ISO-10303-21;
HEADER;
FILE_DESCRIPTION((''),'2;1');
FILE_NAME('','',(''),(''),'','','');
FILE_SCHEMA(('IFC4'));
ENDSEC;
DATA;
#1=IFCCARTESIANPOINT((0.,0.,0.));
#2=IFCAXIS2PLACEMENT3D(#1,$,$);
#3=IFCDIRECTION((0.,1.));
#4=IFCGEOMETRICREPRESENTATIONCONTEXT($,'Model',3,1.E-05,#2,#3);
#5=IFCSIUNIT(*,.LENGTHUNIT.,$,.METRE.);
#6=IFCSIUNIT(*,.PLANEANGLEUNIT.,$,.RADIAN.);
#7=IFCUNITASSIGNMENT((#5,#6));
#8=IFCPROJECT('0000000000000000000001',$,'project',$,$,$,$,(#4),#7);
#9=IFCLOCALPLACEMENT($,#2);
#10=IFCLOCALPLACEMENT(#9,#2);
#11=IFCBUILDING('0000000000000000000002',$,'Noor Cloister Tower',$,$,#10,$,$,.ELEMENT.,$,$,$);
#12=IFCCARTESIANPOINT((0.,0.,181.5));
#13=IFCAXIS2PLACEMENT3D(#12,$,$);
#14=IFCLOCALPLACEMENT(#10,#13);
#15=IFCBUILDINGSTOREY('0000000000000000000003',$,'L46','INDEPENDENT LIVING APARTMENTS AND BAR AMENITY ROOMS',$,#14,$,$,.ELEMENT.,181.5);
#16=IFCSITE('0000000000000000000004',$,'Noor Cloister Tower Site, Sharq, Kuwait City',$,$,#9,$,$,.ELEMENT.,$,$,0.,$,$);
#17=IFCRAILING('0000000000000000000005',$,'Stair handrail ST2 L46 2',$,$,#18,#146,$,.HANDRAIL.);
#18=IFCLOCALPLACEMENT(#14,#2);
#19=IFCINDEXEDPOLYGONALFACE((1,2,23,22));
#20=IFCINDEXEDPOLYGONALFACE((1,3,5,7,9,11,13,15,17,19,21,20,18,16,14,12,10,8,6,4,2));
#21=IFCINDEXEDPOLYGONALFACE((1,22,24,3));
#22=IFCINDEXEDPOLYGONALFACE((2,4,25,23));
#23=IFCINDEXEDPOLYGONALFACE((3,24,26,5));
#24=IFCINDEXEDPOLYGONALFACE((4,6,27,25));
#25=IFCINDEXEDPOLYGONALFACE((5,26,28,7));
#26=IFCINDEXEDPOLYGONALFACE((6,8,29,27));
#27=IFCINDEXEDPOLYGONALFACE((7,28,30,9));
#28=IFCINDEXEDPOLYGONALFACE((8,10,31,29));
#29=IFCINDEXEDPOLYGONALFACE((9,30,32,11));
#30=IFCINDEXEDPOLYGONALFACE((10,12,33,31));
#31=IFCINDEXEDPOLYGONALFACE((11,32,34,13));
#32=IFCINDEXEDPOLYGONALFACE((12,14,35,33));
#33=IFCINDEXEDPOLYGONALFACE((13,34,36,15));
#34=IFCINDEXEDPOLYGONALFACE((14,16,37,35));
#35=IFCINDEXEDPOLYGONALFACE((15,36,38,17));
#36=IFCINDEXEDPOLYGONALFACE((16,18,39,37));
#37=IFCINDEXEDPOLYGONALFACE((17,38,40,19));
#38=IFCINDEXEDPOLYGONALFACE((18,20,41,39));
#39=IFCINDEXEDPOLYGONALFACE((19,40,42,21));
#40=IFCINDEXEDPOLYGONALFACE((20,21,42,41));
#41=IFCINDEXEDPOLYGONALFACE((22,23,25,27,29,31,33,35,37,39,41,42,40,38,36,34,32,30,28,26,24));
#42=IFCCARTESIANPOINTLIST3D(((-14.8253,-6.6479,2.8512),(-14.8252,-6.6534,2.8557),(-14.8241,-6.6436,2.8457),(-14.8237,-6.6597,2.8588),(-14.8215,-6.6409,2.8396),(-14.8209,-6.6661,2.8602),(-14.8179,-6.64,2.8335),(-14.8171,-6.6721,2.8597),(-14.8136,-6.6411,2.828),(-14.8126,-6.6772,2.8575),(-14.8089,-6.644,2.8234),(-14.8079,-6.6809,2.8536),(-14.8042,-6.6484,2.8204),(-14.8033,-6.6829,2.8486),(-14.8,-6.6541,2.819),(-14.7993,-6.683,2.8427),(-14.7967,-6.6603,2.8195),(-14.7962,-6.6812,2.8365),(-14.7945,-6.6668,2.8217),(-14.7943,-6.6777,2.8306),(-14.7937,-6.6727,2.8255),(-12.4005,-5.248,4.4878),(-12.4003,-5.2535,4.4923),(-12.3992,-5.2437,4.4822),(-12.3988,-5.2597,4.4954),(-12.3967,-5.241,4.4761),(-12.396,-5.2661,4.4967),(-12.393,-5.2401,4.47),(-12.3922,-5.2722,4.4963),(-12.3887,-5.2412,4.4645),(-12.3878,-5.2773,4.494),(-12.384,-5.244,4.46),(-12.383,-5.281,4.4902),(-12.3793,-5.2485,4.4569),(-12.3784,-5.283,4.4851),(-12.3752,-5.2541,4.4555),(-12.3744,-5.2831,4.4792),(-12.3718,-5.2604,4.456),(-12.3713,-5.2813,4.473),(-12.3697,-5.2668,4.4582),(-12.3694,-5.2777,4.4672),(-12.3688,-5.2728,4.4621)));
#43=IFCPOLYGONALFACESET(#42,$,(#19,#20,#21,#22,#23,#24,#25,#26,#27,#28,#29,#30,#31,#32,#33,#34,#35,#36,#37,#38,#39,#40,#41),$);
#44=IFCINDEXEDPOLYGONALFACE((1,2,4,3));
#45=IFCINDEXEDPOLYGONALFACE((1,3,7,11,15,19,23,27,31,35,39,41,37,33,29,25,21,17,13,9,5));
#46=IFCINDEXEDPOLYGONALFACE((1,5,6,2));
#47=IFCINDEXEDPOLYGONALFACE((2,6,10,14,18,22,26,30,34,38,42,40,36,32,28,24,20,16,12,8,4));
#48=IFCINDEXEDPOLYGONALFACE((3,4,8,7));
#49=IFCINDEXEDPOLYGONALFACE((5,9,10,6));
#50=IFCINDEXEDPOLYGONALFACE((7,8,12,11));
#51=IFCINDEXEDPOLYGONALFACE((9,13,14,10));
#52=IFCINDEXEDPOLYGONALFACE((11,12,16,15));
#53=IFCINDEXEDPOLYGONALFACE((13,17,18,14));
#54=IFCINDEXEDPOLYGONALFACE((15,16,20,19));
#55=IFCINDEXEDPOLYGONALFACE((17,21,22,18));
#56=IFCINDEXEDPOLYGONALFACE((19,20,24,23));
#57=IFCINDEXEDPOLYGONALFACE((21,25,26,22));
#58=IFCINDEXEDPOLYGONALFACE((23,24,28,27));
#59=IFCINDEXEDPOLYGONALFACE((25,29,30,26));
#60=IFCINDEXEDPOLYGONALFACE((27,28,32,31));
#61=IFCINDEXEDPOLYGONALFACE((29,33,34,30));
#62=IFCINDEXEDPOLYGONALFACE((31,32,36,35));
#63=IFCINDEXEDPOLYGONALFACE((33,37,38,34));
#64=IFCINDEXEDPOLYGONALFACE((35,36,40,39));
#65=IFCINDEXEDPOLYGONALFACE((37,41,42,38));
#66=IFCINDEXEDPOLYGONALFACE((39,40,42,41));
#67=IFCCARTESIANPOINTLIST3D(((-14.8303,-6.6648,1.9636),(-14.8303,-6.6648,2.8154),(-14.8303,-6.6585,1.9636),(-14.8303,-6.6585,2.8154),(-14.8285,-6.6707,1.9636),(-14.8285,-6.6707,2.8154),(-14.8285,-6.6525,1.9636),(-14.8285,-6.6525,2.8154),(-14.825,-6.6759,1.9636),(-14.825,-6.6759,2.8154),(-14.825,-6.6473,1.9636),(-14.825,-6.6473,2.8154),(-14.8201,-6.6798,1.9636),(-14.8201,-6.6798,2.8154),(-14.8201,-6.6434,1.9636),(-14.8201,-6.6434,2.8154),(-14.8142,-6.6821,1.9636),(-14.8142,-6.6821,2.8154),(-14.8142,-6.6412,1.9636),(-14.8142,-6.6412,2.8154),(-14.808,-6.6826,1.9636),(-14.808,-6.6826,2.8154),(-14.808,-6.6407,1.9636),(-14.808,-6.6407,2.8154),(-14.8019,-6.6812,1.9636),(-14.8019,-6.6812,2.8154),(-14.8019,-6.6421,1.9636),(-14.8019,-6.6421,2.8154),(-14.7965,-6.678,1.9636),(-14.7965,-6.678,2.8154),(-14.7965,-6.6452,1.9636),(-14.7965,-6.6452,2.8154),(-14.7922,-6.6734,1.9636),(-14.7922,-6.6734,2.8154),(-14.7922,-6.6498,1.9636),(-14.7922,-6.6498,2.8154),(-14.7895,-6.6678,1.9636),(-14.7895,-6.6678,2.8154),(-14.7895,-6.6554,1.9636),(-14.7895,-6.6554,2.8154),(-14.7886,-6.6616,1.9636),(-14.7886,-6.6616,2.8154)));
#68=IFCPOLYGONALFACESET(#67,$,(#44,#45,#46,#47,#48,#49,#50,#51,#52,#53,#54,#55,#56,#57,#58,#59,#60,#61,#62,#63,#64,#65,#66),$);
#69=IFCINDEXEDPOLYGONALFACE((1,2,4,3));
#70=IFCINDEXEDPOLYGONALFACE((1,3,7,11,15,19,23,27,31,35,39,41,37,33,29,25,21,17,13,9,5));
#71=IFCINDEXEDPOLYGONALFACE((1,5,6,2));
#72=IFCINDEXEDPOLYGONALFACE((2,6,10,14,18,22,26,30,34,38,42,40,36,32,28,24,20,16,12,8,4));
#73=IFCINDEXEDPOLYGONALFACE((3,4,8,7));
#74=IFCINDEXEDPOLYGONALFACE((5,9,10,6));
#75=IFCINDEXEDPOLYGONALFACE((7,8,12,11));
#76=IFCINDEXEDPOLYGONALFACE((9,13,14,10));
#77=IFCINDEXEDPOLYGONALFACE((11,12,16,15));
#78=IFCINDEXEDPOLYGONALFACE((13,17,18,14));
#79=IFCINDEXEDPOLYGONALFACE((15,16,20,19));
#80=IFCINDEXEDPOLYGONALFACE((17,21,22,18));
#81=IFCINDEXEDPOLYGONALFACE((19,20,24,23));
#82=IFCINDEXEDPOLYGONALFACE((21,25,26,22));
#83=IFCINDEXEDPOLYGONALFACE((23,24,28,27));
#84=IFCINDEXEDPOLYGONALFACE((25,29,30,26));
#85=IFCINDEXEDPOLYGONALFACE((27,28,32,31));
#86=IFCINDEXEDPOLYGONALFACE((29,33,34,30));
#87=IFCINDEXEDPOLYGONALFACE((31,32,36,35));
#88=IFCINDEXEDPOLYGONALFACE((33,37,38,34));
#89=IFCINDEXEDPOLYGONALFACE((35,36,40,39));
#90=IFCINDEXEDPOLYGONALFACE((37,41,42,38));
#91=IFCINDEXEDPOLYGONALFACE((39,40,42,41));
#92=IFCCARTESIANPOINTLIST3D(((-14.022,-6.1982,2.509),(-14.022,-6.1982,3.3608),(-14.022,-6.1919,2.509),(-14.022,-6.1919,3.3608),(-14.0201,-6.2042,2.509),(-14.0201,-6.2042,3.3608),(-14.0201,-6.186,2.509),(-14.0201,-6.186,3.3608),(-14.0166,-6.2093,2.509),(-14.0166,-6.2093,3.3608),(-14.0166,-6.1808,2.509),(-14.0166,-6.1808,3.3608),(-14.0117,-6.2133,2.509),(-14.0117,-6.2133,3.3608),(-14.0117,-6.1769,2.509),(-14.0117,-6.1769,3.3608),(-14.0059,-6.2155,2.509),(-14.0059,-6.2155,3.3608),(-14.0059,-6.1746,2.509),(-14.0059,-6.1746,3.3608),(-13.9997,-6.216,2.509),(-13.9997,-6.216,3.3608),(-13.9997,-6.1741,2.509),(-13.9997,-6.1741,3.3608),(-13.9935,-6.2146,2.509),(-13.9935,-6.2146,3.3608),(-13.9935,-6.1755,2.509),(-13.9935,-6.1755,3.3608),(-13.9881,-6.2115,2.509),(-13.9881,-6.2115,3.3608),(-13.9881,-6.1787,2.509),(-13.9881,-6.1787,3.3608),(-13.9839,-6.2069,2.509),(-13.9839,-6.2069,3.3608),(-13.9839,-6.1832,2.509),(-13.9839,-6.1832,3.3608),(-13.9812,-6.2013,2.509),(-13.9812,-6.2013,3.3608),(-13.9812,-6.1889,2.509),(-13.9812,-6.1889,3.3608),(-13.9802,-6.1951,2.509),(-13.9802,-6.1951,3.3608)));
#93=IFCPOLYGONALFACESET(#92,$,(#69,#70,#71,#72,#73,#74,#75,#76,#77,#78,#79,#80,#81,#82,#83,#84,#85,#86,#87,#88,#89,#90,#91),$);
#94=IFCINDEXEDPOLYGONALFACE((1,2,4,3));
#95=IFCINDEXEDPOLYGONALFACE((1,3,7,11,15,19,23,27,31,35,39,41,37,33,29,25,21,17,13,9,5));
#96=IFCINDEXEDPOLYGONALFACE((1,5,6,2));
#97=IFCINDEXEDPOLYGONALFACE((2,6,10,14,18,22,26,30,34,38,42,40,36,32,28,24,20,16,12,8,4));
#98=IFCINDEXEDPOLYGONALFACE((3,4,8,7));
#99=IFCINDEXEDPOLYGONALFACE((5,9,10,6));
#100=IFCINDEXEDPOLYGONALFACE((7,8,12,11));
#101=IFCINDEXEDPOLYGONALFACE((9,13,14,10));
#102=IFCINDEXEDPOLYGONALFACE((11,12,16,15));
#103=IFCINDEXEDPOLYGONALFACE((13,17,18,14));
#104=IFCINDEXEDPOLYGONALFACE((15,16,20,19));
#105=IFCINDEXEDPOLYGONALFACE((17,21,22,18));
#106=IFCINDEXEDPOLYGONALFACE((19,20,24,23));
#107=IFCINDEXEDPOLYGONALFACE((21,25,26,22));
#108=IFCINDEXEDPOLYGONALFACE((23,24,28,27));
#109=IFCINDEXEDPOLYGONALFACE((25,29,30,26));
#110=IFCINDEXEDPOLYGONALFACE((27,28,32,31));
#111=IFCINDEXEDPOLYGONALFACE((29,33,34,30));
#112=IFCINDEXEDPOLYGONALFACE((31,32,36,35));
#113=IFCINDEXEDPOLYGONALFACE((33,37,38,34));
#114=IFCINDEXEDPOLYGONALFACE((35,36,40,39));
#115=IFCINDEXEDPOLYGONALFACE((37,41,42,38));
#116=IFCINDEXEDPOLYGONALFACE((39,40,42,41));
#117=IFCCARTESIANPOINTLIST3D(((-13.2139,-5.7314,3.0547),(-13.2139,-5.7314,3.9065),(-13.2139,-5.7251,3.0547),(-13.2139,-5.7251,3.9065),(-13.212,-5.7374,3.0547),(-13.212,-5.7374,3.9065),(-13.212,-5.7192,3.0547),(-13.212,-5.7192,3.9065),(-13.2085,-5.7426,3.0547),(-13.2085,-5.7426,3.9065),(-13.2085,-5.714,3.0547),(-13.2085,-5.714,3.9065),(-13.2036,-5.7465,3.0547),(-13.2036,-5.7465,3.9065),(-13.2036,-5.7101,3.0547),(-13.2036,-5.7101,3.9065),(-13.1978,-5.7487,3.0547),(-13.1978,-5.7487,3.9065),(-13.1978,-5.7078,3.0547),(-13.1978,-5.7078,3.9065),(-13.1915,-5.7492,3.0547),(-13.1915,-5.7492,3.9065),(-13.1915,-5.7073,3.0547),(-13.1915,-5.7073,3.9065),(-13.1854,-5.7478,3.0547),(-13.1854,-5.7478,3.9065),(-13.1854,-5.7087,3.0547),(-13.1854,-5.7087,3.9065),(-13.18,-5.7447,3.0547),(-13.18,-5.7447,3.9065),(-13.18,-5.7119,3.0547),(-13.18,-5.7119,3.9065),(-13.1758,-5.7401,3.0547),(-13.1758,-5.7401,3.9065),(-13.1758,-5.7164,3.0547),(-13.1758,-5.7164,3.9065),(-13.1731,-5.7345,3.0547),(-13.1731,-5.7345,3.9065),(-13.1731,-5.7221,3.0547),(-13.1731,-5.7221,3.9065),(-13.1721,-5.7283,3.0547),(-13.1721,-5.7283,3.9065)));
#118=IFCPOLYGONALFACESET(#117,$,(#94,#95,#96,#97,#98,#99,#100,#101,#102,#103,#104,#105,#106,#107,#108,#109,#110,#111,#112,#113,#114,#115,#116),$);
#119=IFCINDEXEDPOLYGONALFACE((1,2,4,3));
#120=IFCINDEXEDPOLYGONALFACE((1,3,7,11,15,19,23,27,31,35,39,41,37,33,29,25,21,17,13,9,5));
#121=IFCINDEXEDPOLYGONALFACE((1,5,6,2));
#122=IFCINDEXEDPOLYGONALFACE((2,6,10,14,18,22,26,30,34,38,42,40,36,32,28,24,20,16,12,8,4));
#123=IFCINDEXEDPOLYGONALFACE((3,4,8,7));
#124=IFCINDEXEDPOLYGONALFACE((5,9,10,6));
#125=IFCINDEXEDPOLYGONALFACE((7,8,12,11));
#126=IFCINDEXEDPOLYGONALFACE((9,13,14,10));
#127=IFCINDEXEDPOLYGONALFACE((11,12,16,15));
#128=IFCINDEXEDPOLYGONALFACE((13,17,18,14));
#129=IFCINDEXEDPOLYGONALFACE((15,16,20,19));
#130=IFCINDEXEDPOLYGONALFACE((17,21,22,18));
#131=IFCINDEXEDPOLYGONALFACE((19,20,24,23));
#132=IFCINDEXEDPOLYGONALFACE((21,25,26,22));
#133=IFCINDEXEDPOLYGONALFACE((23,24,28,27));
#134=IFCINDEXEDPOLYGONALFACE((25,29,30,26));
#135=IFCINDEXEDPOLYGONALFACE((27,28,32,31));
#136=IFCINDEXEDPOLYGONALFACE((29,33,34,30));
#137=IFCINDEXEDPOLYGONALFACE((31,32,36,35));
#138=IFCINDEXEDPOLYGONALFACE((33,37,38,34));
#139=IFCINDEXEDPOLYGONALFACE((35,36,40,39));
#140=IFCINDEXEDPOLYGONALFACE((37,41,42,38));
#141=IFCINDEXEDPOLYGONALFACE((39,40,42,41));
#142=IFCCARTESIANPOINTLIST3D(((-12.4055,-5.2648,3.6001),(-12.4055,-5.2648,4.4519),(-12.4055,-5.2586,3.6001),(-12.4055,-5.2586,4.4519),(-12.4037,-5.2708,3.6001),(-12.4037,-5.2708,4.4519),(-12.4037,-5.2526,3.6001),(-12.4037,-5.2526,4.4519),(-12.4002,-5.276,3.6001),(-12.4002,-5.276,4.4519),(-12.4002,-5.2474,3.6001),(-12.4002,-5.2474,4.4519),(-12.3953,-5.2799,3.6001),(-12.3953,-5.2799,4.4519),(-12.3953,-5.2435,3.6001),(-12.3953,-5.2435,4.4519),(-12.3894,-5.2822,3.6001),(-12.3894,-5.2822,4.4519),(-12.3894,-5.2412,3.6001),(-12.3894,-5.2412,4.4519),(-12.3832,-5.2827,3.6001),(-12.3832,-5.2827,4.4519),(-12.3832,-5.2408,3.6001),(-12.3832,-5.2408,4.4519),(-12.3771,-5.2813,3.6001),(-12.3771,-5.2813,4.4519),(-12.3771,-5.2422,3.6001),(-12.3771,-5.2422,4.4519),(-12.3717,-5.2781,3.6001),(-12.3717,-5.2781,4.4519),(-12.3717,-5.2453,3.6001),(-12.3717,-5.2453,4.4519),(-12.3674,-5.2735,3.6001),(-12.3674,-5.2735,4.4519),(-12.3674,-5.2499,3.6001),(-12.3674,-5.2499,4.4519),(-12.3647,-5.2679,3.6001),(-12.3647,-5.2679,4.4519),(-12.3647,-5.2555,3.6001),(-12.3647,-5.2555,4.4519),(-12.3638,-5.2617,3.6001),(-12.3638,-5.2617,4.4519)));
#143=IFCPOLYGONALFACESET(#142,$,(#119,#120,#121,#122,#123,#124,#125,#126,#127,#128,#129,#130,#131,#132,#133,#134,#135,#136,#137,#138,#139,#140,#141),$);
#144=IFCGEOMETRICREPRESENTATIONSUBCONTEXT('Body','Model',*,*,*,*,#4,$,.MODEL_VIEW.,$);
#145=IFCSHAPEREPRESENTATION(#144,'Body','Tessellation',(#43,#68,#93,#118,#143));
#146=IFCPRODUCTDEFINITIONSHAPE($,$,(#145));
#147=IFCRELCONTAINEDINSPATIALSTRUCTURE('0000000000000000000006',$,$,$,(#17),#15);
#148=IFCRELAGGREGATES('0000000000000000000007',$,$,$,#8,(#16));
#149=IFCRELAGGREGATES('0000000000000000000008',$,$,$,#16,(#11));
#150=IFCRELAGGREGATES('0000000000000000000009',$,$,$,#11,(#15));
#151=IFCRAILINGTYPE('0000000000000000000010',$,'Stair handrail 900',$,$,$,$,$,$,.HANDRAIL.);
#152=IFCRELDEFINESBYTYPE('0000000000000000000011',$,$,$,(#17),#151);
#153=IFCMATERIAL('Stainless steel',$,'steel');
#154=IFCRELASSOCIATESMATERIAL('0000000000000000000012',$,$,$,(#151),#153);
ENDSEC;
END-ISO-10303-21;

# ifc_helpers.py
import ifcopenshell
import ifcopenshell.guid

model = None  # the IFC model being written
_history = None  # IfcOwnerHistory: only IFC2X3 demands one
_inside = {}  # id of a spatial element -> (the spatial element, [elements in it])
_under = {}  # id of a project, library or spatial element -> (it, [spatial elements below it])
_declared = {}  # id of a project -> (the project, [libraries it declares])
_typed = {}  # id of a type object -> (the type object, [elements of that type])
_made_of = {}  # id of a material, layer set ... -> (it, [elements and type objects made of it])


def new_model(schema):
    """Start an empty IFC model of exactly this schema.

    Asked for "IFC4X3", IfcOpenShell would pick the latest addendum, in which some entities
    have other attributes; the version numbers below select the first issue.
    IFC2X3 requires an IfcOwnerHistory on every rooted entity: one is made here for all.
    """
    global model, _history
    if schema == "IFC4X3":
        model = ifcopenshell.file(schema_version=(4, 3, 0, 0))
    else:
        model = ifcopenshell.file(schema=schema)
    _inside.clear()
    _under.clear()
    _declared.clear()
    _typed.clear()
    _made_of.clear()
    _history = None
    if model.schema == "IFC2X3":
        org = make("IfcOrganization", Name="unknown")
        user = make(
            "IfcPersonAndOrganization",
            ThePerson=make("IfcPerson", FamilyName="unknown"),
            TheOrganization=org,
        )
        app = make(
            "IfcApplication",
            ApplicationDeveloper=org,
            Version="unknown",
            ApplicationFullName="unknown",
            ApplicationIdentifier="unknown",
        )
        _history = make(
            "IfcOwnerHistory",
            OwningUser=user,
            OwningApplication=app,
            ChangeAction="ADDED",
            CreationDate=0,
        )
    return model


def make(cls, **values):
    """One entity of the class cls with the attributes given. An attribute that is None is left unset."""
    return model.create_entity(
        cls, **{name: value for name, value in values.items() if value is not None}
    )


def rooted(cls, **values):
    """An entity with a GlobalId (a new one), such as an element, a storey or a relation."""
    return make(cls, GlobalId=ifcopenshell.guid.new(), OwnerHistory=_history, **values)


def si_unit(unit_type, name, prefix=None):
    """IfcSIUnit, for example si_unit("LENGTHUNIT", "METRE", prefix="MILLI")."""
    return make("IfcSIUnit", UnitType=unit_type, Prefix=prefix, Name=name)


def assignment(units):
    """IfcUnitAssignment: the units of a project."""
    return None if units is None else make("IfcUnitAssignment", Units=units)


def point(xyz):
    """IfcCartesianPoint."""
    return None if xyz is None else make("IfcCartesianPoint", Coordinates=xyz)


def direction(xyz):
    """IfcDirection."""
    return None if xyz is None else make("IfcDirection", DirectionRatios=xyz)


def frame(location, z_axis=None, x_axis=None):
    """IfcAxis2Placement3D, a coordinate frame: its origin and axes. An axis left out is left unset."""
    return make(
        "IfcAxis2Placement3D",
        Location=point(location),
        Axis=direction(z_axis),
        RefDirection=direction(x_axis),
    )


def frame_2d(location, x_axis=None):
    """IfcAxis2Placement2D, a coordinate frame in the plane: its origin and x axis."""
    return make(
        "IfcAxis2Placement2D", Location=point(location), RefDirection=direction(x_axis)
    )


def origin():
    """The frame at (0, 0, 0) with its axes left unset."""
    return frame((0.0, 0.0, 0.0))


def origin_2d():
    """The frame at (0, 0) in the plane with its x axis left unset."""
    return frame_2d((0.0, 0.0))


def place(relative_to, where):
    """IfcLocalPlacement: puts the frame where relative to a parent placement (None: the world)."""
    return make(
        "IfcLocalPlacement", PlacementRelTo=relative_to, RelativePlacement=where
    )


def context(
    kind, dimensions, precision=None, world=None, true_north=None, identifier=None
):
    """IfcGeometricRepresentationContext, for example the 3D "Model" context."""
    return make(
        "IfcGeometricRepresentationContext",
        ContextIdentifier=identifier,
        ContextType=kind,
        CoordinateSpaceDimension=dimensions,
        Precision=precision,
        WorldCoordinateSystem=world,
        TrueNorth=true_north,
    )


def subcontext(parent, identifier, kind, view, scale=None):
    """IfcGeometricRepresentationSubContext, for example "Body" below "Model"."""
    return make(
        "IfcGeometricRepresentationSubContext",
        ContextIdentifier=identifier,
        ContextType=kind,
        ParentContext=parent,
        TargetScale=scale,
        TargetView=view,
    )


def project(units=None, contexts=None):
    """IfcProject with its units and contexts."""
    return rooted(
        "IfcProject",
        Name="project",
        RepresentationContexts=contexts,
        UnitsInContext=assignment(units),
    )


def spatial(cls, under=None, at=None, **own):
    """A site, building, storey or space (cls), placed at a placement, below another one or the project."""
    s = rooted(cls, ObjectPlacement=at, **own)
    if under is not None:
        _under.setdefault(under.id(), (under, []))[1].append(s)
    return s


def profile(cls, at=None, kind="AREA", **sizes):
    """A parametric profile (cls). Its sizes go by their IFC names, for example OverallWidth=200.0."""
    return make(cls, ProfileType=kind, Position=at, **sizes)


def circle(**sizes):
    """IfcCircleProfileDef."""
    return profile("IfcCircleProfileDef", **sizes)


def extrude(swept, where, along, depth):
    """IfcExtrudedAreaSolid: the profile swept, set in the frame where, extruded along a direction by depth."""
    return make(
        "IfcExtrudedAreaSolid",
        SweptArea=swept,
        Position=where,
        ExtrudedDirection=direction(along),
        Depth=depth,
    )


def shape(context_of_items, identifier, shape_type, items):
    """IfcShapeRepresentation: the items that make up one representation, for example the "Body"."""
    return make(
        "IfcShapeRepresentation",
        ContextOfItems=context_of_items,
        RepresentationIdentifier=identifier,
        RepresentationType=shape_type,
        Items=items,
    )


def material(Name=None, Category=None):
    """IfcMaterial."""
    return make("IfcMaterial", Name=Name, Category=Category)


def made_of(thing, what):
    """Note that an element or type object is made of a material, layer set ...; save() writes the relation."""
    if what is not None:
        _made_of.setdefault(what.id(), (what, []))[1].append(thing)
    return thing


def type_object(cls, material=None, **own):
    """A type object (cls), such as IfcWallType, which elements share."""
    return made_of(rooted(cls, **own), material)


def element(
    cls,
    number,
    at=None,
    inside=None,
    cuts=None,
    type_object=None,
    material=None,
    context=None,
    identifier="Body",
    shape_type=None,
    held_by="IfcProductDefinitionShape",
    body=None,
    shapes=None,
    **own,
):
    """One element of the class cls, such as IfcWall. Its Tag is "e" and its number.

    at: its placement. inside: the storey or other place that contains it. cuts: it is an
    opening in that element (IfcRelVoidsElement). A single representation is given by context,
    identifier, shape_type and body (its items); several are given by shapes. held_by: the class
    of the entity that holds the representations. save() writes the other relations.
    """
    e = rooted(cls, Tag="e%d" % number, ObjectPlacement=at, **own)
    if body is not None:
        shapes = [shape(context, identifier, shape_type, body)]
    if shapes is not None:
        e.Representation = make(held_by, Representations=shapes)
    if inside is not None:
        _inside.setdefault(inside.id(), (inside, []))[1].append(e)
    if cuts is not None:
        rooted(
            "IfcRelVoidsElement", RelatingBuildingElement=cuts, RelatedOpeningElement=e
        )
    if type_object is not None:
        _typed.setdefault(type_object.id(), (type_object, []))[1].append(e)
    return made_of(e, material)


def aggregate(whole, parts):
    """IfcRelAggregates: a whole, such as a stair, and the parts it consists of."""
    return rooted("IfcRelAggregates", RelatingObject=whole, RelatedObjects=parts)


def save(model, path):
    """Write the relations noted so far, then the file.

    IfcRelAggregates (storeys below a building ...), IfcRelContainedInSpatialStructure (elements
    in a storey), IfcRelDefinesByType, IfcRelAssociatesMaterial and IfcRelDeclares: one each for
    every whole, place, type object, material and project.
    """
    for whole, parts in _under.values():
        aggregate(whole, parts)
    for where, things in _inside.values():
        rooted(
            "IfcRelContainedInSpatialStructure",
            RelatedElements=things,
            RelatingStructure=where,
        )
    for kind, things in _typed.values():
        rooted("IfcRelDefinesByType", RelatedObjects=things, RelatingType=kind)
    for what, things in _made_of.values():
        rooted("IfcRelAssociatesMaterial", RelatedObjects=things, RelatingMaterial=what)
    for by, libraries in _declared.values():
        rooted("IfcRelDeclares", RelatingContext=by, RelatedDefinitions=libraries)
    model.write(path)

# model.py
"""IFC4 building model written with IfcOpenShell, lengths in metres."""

from ifc_helpers import new_model, si_unit, direction, frame, origin, origin_2d, place, context, subcontext, project, spatial, circle, extrude, material, type_object, element, save


model = new_model("IFC4")

# Units and contexts
model_context = context("Model", 3, precision=1e-05, world=origin(), true_north=direction((0.0, 1.0)))
body_context = subcontext(model_context, "Body", "Model", "MODEL_VIEW")
ifc_project = project(units=[si_unit("LENGTHUNIT", "METRE"), si_unit("PLANEANGLEUNIT", "RADIAN")], contexts=[model_context])

# Site, building, storey
site_placement = place(None, origin())
site = spatial("IfcSite", under=ifc_project, at=site_placement, Name="Noor Cloister Tower Site, Sharq, Kuwait City", CompositionType="ELEMENT", RefElevation=0.0)
building_placement = place(site_placement, origin())
building = spatial("IfcBuilding", under=site, at=building_placement, Name="Noor Cloister Tower", CompositionType="ELEMENT")
storey_placement = place(building_placement, frame((0.0, 0.0, 181.5)))
storey = spatial("IfcBuildingStorey", under=building, at=storey_placement, Name="L46", Description="INDEPENDENT LIVING APARTMENTS AND BAR AMENITY ROOMS", CompositionType="ELEMENT", Elevation=181.5)

# Railing
ifc_material_1 = material(Name="Stainless steel", Category="steel")
railing_type = type_object("IfcRailingType", Name="Stair handrail 900", PredefinedType="HANDRAIL", material=ifc_material_1)
railing_1_placement = place(storey_placement, frame((-14.8096, -6.6616, 1.9636)))
element("IfcRailing", 1, at=railing_1_placement, inside=storey, type_object=railing_type, Name="Stair handrail ST2 L46 2", PredefinedType="HANDRAIL", context=body_context, shape_type="SweptSolid", body=[
    extrude(circle(Radius=0.0239, at=origin_2d()), frame((0.0, 0.0, 0.876), z_axis=(0.74769, 0.431661, 0.504608), x_axis=(-0.499984, 0.866035, 0.0)), (0.0, 0.0, 1.0), 3.2432),
    extrude(circle(Radius=0.021, at=origin_2d()), origin(), (0.0, 0.0, 1.0), 0.8518),
    extrude(circle(Radius=0.021, at=origin_2d()), frame((0.8083, 0.4666, 0.5454)), (0.0, 0.0, 1.0), 0.8518),
    extrude(circle(Radius=0.021, at=origin_2d()), frame((1.6165, 0.9333, 1.0911)), (0.0, 0.0, 1.0), 0.8518),
    extrude(circle(Radius=0.021, at=origin_2d()), frame((2.4248, 1.3999, 1.6365)), (0.0, 0.0, 1.0), 0.8518),
])

save(model, "model.ifc")
